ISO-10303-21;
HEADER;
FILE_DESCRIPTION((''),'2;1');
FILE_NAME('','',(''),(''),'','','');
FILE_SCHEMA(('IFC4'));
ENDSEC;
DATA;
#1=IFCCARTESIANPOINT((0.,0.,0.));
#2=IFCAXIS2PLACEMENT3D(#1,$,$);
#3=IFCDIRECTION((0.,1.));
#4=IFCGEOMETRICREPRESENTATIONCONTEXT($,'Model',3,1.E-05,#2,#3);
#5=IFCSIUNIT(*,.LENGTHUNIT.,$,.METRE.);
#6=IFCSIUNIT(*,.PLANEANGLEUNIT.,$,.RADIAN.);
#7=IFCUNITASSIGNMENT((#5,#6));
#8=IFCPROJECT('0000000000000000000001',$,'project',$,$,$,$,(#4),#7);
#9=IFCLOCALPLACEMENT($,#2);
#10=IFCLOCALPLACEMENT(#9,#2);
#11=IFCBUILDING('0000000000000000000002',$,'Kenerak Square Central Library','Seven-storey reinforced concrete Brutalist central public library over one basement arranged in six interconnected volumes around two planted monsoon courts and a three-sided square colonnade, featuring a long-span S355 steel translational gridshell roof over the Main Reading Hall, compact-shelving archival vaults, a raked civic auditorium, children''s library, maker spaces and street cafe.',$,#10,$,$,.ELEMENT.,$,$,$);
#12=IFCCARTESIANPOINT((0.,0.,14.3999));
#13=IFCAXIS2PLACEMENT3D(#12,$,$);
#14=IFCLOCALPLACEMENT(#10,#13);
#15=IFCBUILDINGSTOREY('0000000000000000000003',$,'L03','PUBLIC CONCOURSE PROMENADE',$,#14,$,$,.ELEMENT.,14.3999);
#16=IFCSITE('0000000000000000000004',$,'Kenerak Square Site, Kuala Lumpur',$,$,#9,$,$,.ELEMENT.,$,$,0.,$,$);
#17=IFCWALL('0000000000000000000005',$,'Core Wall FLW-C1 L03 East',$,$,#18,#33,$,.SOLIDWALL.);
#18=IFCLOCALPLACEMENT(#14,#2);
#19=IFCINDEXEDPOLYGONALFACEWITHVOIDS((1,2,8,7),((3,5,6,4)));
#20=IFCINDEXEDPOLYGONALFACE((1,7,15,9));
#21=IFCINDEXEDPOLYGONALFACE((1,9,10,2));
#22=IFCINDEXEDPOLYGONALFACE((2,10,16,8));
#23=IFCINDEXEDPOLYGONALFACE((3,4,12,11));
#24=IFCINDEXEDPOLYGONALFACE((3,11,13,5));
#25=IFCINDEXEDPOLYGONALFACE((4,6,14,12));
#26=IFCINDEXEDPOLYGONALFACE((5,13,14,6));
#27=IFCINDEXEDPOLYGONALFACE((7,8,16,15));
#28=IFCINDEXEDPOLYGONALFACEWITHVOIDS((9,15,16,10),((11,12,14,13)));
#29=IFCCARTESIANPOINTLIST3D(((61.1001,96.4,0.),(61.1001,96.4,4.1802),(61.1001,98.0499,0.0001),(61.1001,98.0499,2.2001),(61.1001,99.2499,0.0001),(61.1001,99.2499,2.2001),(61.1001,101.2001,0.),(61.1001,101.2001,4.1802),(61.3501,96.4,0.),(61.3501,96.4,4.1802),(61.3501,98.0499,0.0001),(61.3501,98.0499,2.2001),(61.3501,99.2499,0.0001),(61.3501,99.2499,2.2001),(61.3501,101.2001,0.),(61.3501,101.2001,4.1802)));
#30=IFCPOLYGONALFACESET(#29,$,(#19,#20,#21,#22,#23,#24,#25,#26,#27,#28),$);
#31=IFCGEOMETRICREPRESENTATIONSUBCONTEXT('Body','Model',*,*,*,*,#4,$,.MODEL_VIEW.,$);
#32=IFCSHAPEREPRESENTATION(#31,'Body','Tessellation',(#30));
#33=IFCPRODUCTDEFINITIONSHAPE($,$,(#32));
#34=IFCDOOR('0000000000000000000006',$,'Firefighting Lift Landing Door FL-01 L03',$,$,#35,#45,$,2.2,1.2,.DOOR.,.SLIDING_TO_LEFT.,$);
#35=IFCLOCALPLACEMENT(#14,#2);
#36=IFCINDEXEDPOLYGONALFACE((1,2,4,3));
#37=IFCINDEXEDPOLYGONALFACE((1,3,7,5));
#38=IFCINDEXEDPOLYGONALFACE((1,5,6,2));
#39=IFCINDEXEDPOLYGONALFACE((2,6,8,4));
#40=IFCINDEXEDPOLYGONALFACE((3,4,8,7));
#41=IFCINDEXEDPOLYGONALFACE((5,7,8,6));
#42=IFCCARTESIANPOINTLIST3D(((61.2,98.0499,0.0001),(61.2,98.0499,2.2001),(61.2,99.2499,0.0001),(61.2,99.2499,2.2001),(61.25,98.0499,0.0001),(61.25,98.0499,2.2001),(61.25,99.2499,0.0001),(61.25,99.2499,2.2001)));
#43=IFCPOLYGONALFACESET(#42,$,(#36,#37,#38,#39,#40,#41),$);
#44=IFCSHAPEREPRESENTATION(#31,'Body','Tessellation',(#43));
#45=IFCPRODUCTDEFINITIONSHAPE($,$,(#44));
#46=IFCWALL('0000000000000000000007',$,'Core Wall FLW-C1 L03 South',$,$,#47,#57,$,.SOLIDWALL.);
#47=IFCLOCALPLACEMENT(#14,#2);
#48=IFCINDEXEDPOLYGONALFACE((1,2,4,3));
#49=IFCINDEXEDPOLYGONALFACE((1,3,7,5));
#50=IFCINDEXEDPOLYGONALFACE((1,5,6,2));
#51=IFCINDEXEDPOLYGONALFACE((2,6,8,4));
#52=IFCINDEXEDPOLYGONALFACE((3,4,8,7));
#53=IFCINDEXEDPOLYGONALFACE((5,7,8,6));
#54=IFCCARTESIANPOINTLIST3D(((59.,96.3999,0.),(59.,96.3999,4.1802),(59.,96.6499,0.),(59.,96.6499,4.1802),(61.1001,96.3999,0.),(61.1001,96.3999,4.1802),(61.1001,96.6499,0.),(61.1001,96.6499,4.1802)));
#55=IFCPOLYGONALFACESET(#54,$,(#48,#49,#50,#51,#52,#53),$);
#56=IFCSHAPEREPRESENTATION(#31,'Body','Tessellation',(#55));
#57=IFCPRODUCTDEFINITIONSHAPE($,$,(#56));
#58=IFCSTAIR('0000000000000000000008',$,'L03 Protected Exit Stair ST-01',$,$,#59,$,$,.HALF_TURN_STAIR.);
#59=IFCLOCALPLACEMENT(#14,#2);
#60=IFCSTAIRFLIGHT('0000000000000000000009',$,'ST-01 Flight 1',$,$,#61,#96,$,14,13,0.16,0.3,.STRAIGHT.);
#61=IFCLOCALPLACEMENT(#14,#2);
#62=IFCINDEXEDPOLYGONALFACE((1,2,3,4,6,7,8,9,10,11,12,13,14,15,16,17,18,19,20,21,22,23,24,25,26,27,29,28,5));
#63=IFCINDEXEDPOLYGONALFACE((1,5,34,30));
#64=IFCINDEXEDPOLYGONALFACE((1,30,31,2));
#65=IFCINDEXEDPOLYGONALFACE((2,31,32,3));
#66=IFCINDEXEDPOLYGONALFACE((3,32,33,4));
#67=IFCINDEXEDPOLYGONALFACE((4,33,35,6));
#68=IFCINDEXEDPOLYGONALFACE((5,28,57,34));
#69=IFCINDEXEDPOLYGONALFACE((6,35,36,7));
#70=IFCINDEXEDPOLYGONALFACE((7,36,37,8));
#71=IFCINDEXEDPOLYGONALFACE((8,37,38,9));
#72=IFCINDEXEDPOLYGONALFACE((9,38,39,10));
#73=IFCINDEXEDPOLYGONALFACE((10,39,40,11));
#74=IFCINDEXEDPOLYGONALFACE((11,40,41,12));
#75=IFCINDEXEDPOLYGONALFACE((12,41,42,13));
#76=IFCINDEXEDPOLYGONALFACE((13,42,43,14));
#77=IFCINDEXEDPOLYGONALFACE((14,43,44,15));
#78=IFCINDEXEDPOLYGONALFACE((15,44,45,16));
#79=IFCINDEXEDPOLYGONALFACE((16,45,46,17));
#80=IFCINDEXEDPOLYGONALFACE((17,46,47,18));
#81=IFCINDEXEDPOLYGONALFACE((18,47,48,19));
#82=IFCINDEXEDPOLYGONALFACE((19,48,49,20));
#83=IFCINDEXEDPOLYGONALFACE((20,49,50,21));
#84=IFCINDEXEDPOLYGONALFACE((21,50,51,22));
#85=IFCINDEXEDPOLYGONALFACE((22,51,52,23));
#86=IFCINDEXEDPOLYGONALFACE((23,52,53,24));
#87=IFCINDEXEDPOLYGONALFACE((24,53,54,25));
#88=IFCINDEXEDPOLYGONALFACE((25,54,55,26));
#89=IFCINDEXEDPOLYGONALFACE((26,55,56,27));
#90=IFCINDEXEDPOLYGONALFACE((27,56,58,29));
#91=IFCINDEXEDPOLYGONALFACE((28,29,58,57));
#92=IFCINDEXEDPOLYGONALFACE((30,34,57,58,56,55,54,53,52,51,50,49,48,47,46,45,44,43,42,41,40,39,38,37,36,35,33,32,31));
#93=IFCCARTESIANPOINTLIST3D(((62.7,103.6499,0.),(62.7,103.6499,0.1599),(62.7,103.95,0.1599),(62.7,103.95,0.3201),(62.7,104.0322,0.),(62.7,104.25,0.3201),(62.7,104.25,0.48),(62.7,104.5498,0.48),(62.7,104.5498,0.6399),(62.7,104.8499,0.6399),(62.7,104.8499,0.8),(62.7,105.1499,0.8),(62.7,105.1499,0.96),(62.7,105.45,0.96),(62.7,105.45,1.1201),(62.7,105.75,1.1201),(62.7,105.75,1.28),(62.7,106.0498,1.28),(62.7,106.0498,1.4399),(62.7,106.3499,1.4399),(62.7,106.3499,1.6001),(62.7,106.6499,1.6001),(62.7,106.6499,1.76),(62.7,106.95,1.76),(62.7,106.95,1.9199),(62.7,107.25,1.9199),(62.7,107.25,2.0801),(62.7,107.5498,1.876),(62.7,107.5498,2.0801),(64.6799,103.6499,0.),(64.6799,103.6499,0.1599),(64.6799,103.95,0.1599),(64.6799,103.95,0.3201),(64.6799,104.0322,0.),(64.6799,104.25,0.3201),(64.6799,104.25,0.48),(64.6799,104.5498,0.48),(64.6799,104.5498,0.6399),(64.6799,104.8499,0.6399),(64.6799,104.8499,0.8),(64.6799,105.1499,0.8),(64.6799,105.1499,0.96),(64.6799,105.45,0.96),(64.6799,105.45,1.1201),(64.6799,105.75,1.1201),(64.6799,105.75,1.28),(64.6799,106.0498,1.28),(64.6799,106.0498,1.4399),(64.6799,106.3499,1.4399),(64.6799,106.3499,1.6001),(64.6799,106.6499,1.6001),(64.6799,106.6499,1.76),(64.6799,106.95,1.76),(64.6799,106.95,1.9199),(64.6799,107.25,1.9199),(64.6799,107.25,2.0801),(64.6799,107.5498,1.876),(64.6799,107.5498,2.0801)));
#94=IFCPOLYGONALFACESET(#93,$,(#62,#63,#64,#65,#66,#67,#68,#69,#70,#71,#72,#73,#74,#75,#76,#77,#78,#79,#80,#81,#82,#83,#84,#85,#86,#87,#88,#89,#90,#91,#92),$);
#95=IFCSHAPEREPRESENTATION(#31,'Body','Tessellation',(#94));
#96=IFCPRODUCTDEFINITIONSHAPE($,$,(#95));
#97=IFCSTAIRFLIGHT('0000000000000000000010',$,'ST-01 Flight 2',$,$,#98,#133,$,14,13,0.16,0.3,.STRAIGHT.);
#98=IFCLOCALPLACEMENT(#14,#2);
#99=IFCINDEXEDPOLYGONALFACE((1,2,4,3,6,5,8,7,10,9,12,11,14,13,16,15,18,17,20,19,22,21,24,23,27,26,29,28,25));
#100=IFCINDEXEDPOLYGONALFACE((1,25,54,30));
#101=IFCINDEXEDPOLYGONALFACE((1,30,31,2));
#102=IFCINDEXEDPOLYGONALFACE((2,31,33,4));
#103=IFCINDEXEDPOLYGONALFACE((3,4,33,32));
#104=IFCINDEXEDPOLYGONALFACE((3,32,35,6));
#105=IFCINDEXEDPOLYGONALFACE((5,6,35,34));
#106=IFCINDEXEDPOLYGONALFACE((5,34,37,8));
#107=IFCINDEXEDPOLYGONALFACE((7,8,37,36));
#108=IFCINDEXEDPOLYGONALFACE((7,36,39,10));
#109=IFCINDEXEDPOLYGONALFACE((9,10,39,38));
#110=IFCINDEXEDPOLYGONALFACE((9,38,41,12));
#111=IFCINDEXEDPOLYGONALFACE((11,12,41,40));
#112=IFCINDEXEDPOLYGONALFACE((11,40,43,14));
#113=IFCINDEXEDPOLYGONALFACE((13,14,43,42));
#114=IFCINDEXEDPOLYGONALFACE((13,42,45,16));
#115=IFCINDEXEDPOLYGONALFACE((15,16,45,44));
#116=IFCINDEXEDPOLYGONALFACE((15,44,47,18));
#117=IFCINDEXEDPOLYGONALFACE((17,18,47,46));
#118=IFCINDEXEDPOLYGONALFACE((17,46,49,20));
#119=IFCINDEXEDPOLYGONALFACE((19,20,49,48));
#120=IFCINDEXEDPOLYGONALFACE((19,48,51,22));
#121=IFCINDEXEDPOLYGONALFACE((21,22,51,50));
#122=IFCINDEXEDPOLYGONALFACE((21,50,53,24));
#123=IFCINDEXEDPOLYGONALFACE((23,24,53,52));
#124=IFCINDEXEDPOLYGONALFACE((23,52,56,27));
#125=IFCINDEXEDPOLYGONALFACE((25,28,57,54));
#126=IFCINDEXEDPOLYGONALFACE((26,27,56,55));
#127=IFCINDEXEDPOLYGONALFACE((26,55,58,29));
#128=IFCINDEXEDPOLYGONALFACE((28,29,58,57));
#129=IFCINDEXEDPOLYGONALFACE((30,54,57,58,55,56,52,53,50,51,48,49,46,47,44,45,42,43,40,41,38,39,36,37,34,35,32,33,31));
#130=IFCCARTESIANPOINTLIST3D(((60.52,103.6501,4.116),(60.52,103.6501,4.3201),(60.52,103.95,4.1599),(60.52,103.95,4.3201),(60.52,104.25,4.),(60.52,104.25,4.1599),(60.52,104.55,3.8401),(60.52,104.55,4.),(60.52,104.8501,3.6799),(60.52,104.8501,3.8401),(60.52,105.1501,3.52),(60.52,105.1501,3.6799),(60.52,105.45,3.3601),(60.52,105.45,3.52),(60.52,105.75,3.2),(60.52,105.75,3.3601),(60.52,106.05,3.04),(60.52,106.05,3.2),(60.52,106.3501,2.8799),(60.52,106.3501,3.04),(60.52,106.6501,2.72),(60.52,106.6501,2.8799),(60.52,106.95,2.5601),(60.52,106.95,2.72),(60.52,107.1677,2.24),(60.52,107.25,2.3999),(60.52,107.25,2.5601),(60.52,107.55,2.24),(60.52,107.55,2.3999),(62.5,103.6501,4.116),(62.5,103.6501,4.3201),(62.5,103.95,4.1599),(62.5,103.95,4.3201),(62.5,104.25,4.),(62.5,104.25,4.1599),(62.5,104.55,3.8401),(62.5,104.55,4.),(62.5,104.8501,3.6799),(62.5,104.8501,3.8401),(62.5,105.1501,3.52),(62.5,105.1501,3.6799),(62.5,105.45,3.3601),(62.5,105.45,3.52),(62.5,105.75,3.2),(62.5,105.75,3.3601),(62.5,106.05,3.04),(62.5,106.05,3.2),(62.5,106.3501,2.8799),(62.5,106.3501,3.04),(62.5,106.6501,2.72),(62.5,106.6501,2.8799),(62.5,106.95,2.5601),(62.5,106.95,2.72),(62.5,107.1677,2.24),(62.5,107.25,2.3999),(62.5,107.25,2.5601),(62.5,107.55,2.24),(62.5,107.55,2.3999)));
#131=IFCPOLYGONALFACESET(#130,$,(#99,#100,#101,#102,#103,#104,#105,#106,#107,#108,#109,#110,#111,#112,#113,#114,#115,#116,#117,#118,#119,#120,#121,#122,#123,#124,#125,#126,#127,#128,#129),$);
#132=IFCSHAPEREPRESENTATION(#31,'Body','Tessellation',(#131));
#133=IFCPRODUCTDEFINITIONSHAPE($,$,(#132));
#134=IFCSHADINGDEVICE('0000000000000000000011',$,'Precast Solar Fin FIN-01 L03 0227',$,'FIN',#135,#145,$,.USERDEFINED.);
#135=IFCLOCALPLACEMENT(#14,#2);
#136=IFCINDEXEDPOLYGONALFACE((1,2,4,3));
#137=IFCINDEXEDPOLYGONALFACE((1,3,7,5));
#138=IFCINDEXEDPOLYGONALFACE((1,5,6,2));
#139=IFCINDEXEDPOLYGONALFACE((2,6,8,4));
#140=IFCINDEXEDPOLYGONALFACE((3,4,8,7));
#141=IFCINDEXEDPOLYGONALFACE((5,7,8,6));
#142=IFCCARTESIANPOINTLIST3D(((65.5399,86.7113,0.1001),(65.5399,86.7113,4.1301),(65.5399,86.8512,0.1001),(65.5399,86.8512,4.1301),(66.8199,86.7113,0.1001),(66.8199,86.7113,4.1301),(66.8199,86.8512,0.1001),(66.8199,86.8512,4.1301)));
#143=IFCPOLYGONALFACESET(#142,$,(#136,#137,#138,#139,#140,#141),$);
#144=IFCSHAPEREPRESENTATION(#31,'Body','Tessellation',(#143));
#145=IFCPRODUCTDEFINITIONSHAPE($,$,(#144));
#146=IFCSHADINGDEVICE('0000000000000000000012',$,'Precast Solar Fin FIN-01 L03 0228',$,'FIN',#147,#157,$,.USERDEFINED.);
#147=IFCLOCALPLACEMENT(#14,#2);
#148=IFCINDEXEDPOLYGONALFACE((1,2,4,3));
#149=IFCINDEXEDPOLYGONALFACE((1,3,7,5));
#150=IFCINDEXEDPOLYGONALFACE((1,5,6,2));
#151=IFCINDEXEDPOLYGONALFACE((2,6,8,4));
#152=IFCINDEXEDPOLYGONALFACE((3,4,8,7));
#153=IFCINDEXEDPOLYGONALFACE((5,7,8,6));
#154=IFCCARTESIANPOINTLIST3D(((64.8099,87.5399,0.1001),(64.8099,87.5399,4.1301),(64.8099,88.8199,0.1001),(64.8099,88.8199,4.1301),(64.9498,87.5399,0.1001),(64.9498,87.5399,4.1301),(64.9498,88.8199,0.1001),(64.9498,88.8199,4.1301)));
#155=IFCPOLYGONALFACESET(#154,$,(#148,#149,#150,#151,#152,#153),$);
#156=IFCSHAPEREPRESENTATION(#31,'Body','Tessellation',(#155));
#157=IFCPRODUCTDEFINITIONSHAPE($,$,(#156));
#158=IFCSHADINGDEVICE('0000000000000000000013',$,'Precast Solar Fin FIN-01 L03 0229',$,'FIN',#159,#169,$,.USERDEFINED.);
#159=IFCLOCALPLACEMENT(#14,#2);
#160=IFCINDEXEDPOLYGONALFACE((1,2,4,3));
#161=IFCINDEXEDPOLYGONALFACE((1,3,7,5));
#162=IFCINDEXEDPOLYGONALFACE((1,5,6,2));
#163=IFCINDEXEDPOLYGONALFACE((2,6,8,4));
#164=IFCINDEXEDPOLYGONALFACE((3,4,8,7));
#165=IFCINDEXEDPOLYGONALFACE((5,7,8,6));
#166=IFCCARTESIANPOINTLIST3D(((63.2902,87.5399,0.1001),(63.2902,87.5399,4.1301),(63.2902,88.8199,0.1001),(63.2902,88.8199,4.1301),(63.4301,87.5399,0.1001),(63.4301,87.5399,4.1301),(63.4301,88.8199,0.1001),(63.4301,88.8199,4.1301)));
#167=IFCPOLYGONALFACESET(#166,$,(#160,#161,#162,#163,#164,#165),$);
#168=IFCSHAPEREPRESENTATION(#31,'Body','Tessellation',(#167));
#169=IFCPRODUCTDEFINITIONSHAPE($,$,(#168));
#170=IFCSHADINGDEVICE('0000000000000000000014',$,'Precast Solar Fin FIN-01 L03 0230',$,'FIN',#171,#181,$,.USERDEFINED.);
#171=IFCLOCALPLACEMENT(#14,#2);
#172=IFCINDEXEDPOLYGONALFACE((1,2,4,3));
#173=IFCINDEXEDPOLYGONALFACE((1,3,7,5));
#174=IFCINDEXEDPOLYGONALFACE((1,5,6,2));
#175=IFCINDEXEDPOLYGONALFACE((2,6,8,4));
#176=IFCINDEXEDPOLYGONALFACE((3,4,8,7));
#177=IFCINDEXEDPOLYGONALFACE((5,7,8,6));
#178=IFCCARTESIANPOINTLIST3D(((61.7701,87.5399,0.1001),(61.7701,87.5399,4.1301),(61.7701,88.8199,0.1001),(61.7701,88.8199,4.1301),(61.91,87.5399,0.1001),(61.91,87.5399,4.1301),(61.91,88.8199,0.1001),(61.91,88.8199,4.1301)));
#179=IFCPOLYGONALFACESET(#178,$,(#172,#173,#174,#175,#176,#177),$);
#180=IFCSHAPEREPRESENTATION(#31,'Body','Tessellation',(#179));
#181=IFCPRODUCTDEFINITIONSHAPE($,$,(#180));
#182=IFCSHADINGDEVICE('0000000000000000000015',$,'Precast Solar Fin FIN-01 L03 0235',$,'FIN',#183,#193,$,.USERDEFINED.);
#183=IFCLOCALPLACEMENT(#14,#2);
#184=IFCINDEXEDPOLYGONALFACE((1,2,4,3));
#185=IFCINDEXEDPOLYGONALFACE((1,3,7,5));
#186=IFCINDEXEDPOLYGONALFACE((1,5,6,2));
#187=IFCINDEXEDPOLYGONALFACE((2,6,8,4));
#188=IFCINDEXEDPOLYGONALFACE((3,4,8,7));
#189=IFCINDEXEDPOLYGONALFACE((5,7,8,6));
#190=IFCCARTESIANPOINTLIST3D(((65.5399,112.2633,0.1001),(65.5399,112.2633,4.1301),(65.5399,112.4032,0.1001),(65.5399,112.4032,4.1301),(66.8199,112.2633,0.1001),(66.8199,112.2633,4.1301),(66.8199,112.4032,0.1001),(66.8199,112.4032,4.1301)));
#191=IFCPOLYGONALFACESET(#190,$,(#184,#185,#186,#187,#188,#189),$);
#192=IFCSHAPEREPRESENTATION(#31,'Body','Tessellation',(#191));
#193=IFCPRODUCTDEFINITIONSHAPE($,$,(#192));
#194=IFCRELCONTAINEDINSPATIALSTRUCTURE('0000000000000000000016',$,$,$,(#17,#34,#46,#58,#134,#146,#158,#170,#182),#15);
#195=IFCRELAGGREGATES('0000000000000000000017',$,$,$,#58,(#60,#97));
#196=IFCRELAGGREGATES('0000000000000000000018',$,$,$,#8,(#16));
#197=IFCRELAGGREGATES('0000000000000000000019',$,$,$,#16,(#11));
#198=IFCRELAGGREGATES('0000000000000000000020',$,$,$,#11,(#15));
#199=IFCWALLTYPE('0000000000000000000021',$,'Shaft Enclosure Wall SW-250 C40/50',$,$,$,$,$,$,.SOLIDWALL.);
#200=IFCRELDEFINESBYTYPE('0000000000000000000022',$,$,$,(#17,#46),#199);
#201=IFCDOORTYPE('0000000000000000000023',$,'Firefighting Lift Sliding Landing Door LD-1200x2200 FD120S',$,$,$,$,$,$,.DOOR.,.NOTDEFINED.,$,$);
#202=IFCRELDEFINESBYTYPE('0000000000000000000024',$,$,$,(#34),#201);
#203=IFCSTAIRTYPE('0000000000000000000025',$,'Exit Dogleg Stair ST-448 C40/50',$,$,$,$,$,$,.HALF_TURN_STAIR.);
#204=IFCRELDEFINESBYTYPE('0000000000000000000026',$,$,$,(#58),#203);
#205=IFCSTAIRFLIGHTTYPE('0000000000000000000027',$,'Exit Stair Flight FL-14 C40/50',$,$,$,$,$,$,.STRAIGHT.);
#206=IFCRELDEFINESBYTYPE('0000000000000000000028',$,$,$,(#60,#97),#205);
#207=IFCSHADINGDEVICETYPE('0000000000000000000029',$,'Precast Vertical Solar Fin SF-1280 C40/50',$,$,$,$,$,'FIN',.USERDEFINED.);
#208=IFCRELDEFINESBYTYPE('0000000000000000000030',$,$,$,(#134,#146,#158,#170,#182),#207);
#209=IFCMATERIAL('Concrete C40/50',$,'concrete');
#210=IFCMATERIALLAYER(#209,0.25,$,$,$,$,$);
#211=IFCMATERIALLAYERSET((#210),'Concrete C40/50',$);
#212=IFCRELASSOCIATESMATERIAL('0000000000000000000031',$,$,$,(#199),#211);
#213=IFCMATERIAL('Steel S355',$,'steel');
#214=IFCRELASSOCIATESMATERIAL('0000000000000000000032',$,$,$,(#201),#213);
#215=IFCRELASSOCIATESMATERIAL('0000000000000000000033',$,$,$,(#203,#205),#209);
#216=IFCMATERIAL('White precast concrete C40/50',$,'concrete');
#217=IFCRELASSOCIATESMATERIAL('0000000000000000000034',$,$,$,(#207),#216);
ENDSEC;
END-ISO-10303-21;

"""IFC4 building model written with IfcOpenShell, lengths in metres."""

from ifc_helpers import new_model, si_unit, direction, frame, frame_2d, origin, origin_2d, place, context, subcontext, project, spatial, polyline, rectangle, outline, extrude, material, layer, layer_set, type_object, element, fill, aggregate, save


model = new_model("IFC4")

# Units and contexts
model_context = context("Model", 3, precision=1e-05, world=origin(), true_north=direction((0.0, 1.0)))
body_context = subcontext(model_context, "Body", "Model", "MODEL_VIEW")
ifc_project = project(units=[si_unit("LENGTHUNIT", "METRE"), si_unit("PLANEANGLEUNIT", "RADIAN")], contexts=[model_context])

# Site, building, storey
site_placement = place(None, origin())
site = spatial("IfcSite", under=ifc_project, at=site_placement, Name="Kenerak Square Site, Kuala Lumpur", CompositionType="ELEMENT", RefElevation=0.0)
building_placement = place(site_placement, origin())
building = spatial("IfcBuilding", under=site, at=building_placement, Name="Kenerak Square Central Library", Description="Seven-storey reinforced concrete Brutalist central public library over one basement arranged in six interconnected volumes around two planted monsoon courts and a three-sided square colonnade, featuring a long-span S355 steel translational gridshell roof over the Main Reading Hall, compact-shelving archival vaults, a raked civic auditorium, children's library, maker spaces and street cafe.", CompositionType="ELEMENT")
storey_placement = place(building_placement, frame((0.0, 0.0, 14.3999)))
storey = spatial("IfcBuildingStorey", under=building, at=storey_placement, Name="L03", Description="PUBLIC CONCOURSE PROMENADE", CompositionType="ELEMENT", Elevation=14.3999)

# Shared definitions
ifc_material_1 = material(Name="Concrete C40/50", Category="concrete")

# Shared definitions
ifc_material_2 = material(Name="Steel S355", Category="steel")

# Wall, opening, door
ifc_layer_1 = layer(ifc_material_1, 0.25)
ifc_layer_set_1 = layer_set([ifc_layer_1], Name="Concrete C40/50")
wall_type_1 = type_object("IfcWallType", Name="Shaft Enclosure Wall SW-250 C40/50", PredefinedType="SOLIDWALL", material=ifc_layer_set_1)
wall_1_placement = place(storey_placement, frame((61.2251, 101.2, 0.0), z_axis=(0.0, 0.0, 1.0), x_axis=(0.0, -1.0, 0.0)))
wall_1 = element("IfcWall", 1, at=wall_1_placement, inside=storey, type_object=wall_type_1, Name="Core Wall FLW-C1 L03 East", PredefinedType="SOLIDWALL", context=body_context, shape_type="SweptSolid", body=[
    extrude(rectangle(XDim=4.8, YDim=0.25, at=frame_2d((2.3999, 0.0))), origin(), (0.0, 0.0, 1.0), 4.1802),
])
opening_1_placement = place(wall_1_placement, frame((1.95, 0.0, 0.0)))
opening_1 = element("IfcOpeningElement", 2, at=opening_1_placement, cuts=wall_1, PredefinedType="OPENING", context=body_context, shape_type="SweptSolid", body=[
    extrude(rectangle(XDim=1.2, YDim=2.2, at=frame_2d((0.6001, 1.1001))), frame((0.0, 0.135, 0.0), z_axis=(0.0, -1.0, 0.0), x_axis=(1.0, 0.0, 0.0)), (0.0, 0.0, 1.0), 0.27),
])
door_type_1 = type_object("IfcDoorType", Name="Firefighting Lift Sliding Landing Door LD-1200x2200 FD120S", OperationType="NOTDEFINED", PredefinedType="DOOR", material=ifc_material_2)
door_1_placement = place(opening_1_placement, origin())
door_1 = element("IfcDoor", 3, at=door_1_placement, inside=storey, type_object=door_type_1, Name="Firefighting Lift Landing Door FL-01 L03", OperationType="SLIDING_TO_LEFT", OverallHeight=2.2, OverallWidth=1.2, PredefinedType="DOOR", context=body_context, shape_type="SweptSolid", body=[
    extrude(rectangle(XDim=1.2, YDim=2.2, at=frame_2d((0.6001, 1.1001))), frame((0.0, 0.0249, 0.0), z_axis=(0.0, -1.0, 0.0), x_axis=(1.0, 0.0, 0.0)), (0.0, 0.0, 1.0), 0.05),
])
fill(opening_1, door_1)

# Wall
wall_2_placement = place(storey_placement, frame((61.1001, 96.5249, 0.0), z_axis=(0.0, 0.0, 1.0), x_axis=(-1.0, 0.0, 0.0)))
element("IfcWall", 4, at=wall_2_placement, inside=storey, type_object=wall_type_1, Name="Core Wall FLW-C1 L03 South", PredefinedType="SOLIDWALL", context=body_context, shape_type="SweptSolid", body=[
    extrude(rectangle(XDim=2.1001, YDim=0.25, at=frame_2d((1.05, 0.0))), origin(), (0.0, 0.0, 1.0), 4.1802),
])

# Stair, stair flights
stair_type = type_object("IfcStairType", Name="Exit Dogleg Stair ST-448 C40/50", PredefinedType="HALF_TURN_STAIR", material=ifc_material_1)
stair_placement = place(storey_placement, origin())
stair = element("IfcStair", 5, at=stair_placement, inside=storey, type_object=stair_type, Name="L03 Protected Exit Stair ST-01", PredefinedType="HALF_TURN_STAIR")
stair_flight_type = type_object("IfcStairFlightType", Name="Exit Stair Flight FL-14 C40/50", PredefinedType="STRAIGHT", material=ifc_material_1)
stair_flight_1_placement = place(storey_placement, frame((63.6899, 103.6499, 0.0), z_axis=(0.0, 0.0, 1.0), x_axis=(0.0, 1.0, 0.0)))
stair_flight_1 = element("IfcStairFlight", 6, at=stair_flight_1_placement, type_object=stair_flight_type, Name="ST-01 Flight 1", NumberOfRisers=14, NumberOfTreads=13, PredefinedType="STRAIGHT", RiserHeight=0.16, TreadLength=0.3, context=body_context, shape_type="SweptSolid", body=[
    extrude(outline(polyline([(0.0, 0.0), (0.0, 0.1599), (0.3, 0.1599), (0.3, 0.3201), (0.6001, 0.3201), (0.6001, 0.48), (0.8999, 0.48), (0.8999, 0.6399), (1.2, 0.6399), (1.2, 0.8), (1.5, 0.8), (1.5, 0.96), (1.8, 0.96), (1.8, 1.1201), (2.1001, 1.1201), (2.1001, 1.28), (2.3999, 1.28), (2.3999, 1.4399), (2.7, 1.4399), (2.7, 1.6001), (3.0, 1.6001), (3.0, 1.76), (3.3, 1.76), (3.3, 1.9199), (3.6001, 1.9199), (3.6001, 2.0801), (3.8999, 2.0801), (3.8999, 2.24), (3.8999, 1.876), (0.3823, 0.0), (0.0, 0.0)])), frame((0.0, 0.99, 0.0), z_axis=(0.0, -1.0, 0.0), x_axis=(1.0, 0.0, 0.0)), (0.0, 0.0, 1.0), 1.98),
])
stair_flight_2_placement = place(storey_placement, frame((61.51, 107.55, 2.24), z_axis=(0.0, 0.0, 1.0), x_axis=(0.0, -1.0, 0.0)))
stair_flight_2 = element("IfcStairFlight", 7, at=stair_flight_2_placement, type_object=stair_flight_type, Name="ST-01 Flight 2", NumberOfRisers=14, NumberOfTreads=13, PredefinedType="STRAIGHT", RiserHeight=0.16, TreadLength=0.3, context=body_context, shape_type="SweptSolid", body=[
    extrude(outline(polyline([(0.0, 0.0), (0.0, 0.1599), (0.3, 0.1599), (0.3, 0.3201), (0.6001, 0.3201), (0.6001, 0.48), (0.8999, 0.48), (0.8999, 0.6399), (1.2, 0.6399), (1.2, 0.8), (1.5, 0.8), (1.5, 0.96), (1.8, 0.96), (1.8, 1.1201), (2.1001, 1.1201), (2.1001, 1.28), (2.3999, 1.28), (2.3999, 1.4399), (2.7, 1.4399), (2.7, 1.6001), (3.0, 1.6001), (3.0, 1.76), (3.3, 1.76), (3.3, 1.9199), (3.6001, 1.9199), (3.6001, 2.0801), (3.8999, 2.0801), (3.8999, 2.24), (3.8999, 1.876), (0.3823, 0.0), (0.0, 0.0)])), frame((0.0, 0.99, 0.0), z_axis=(0.0, -1.0, 0.0), x_axis=(1.0, 0.0, 0.0)), (0.0, 0.0, 1.0), 1.98),
])
aggregate(stair, [stair_flight_1, stair_flight_2])

# Shading devices
ifc_material_3 = material(Name="White precast concrete C40/50", Category="concrete")
shading_device_type = type_object("IfcShadingDeviceType", Name="Precast Vertical Solar Fin SF-1280 C40/50", ElementType="FIN", PredefinedType="USERDEFINED", material=ifc_material_3)
for number, where, z_axis, x_axis, name in (
    (8, (66.1799, 86.7812, 0.1001), (0.0, 0.0, 1.0), (0.0, 1.0, 0.0), "Precast Solar Fin FIN-01 L03 0227"),
    (9, (64.8799, 88.1799, 0.1001), (0.0, 0.0, 1.0), (-1.0, 0.0, 0.0), "Precast Solar Fin FIN-01 L03 0228"),
    (10, (63.3601, 88.1799, 0.1001), (0.0, 0.0, 1.0), (-1.0, 0.0, 0.0), "Precast Solar Fin FIN-01 L03 0229"),
    (11, (61.8401, 88.1799, 0.1001), (0.0, 0.0, 1.0), (-1.0, 0.0, 0.0), "Precast Solar Fin FIN-01 L03 0230"),
    (12, (66.1799, 112.3333, 0.1001), (0.0, 0.0, 1.0), (0.0, 1.0, 0.0), "Precast Solar Fin FIN-01 L03 0235"),
):
    element("IfcShadingDevice", number, at=place(storey_placement, frame(where, z_axis=z_axis, x_axis=x_axis)), inside=storey, type_object=shading_device_type, Name=name, ObjectType="FIN", PredefinedType="USERDEFINED", context=body_context, shape_type="SweptSolid", body=[
        extrude(rectangle(XDim=0.1399, YDim=1.28, at=origin_2d()), origin(), (0.0, 0.0, 1.0), 4.03),
    ])

save(model, "model.ifc")
